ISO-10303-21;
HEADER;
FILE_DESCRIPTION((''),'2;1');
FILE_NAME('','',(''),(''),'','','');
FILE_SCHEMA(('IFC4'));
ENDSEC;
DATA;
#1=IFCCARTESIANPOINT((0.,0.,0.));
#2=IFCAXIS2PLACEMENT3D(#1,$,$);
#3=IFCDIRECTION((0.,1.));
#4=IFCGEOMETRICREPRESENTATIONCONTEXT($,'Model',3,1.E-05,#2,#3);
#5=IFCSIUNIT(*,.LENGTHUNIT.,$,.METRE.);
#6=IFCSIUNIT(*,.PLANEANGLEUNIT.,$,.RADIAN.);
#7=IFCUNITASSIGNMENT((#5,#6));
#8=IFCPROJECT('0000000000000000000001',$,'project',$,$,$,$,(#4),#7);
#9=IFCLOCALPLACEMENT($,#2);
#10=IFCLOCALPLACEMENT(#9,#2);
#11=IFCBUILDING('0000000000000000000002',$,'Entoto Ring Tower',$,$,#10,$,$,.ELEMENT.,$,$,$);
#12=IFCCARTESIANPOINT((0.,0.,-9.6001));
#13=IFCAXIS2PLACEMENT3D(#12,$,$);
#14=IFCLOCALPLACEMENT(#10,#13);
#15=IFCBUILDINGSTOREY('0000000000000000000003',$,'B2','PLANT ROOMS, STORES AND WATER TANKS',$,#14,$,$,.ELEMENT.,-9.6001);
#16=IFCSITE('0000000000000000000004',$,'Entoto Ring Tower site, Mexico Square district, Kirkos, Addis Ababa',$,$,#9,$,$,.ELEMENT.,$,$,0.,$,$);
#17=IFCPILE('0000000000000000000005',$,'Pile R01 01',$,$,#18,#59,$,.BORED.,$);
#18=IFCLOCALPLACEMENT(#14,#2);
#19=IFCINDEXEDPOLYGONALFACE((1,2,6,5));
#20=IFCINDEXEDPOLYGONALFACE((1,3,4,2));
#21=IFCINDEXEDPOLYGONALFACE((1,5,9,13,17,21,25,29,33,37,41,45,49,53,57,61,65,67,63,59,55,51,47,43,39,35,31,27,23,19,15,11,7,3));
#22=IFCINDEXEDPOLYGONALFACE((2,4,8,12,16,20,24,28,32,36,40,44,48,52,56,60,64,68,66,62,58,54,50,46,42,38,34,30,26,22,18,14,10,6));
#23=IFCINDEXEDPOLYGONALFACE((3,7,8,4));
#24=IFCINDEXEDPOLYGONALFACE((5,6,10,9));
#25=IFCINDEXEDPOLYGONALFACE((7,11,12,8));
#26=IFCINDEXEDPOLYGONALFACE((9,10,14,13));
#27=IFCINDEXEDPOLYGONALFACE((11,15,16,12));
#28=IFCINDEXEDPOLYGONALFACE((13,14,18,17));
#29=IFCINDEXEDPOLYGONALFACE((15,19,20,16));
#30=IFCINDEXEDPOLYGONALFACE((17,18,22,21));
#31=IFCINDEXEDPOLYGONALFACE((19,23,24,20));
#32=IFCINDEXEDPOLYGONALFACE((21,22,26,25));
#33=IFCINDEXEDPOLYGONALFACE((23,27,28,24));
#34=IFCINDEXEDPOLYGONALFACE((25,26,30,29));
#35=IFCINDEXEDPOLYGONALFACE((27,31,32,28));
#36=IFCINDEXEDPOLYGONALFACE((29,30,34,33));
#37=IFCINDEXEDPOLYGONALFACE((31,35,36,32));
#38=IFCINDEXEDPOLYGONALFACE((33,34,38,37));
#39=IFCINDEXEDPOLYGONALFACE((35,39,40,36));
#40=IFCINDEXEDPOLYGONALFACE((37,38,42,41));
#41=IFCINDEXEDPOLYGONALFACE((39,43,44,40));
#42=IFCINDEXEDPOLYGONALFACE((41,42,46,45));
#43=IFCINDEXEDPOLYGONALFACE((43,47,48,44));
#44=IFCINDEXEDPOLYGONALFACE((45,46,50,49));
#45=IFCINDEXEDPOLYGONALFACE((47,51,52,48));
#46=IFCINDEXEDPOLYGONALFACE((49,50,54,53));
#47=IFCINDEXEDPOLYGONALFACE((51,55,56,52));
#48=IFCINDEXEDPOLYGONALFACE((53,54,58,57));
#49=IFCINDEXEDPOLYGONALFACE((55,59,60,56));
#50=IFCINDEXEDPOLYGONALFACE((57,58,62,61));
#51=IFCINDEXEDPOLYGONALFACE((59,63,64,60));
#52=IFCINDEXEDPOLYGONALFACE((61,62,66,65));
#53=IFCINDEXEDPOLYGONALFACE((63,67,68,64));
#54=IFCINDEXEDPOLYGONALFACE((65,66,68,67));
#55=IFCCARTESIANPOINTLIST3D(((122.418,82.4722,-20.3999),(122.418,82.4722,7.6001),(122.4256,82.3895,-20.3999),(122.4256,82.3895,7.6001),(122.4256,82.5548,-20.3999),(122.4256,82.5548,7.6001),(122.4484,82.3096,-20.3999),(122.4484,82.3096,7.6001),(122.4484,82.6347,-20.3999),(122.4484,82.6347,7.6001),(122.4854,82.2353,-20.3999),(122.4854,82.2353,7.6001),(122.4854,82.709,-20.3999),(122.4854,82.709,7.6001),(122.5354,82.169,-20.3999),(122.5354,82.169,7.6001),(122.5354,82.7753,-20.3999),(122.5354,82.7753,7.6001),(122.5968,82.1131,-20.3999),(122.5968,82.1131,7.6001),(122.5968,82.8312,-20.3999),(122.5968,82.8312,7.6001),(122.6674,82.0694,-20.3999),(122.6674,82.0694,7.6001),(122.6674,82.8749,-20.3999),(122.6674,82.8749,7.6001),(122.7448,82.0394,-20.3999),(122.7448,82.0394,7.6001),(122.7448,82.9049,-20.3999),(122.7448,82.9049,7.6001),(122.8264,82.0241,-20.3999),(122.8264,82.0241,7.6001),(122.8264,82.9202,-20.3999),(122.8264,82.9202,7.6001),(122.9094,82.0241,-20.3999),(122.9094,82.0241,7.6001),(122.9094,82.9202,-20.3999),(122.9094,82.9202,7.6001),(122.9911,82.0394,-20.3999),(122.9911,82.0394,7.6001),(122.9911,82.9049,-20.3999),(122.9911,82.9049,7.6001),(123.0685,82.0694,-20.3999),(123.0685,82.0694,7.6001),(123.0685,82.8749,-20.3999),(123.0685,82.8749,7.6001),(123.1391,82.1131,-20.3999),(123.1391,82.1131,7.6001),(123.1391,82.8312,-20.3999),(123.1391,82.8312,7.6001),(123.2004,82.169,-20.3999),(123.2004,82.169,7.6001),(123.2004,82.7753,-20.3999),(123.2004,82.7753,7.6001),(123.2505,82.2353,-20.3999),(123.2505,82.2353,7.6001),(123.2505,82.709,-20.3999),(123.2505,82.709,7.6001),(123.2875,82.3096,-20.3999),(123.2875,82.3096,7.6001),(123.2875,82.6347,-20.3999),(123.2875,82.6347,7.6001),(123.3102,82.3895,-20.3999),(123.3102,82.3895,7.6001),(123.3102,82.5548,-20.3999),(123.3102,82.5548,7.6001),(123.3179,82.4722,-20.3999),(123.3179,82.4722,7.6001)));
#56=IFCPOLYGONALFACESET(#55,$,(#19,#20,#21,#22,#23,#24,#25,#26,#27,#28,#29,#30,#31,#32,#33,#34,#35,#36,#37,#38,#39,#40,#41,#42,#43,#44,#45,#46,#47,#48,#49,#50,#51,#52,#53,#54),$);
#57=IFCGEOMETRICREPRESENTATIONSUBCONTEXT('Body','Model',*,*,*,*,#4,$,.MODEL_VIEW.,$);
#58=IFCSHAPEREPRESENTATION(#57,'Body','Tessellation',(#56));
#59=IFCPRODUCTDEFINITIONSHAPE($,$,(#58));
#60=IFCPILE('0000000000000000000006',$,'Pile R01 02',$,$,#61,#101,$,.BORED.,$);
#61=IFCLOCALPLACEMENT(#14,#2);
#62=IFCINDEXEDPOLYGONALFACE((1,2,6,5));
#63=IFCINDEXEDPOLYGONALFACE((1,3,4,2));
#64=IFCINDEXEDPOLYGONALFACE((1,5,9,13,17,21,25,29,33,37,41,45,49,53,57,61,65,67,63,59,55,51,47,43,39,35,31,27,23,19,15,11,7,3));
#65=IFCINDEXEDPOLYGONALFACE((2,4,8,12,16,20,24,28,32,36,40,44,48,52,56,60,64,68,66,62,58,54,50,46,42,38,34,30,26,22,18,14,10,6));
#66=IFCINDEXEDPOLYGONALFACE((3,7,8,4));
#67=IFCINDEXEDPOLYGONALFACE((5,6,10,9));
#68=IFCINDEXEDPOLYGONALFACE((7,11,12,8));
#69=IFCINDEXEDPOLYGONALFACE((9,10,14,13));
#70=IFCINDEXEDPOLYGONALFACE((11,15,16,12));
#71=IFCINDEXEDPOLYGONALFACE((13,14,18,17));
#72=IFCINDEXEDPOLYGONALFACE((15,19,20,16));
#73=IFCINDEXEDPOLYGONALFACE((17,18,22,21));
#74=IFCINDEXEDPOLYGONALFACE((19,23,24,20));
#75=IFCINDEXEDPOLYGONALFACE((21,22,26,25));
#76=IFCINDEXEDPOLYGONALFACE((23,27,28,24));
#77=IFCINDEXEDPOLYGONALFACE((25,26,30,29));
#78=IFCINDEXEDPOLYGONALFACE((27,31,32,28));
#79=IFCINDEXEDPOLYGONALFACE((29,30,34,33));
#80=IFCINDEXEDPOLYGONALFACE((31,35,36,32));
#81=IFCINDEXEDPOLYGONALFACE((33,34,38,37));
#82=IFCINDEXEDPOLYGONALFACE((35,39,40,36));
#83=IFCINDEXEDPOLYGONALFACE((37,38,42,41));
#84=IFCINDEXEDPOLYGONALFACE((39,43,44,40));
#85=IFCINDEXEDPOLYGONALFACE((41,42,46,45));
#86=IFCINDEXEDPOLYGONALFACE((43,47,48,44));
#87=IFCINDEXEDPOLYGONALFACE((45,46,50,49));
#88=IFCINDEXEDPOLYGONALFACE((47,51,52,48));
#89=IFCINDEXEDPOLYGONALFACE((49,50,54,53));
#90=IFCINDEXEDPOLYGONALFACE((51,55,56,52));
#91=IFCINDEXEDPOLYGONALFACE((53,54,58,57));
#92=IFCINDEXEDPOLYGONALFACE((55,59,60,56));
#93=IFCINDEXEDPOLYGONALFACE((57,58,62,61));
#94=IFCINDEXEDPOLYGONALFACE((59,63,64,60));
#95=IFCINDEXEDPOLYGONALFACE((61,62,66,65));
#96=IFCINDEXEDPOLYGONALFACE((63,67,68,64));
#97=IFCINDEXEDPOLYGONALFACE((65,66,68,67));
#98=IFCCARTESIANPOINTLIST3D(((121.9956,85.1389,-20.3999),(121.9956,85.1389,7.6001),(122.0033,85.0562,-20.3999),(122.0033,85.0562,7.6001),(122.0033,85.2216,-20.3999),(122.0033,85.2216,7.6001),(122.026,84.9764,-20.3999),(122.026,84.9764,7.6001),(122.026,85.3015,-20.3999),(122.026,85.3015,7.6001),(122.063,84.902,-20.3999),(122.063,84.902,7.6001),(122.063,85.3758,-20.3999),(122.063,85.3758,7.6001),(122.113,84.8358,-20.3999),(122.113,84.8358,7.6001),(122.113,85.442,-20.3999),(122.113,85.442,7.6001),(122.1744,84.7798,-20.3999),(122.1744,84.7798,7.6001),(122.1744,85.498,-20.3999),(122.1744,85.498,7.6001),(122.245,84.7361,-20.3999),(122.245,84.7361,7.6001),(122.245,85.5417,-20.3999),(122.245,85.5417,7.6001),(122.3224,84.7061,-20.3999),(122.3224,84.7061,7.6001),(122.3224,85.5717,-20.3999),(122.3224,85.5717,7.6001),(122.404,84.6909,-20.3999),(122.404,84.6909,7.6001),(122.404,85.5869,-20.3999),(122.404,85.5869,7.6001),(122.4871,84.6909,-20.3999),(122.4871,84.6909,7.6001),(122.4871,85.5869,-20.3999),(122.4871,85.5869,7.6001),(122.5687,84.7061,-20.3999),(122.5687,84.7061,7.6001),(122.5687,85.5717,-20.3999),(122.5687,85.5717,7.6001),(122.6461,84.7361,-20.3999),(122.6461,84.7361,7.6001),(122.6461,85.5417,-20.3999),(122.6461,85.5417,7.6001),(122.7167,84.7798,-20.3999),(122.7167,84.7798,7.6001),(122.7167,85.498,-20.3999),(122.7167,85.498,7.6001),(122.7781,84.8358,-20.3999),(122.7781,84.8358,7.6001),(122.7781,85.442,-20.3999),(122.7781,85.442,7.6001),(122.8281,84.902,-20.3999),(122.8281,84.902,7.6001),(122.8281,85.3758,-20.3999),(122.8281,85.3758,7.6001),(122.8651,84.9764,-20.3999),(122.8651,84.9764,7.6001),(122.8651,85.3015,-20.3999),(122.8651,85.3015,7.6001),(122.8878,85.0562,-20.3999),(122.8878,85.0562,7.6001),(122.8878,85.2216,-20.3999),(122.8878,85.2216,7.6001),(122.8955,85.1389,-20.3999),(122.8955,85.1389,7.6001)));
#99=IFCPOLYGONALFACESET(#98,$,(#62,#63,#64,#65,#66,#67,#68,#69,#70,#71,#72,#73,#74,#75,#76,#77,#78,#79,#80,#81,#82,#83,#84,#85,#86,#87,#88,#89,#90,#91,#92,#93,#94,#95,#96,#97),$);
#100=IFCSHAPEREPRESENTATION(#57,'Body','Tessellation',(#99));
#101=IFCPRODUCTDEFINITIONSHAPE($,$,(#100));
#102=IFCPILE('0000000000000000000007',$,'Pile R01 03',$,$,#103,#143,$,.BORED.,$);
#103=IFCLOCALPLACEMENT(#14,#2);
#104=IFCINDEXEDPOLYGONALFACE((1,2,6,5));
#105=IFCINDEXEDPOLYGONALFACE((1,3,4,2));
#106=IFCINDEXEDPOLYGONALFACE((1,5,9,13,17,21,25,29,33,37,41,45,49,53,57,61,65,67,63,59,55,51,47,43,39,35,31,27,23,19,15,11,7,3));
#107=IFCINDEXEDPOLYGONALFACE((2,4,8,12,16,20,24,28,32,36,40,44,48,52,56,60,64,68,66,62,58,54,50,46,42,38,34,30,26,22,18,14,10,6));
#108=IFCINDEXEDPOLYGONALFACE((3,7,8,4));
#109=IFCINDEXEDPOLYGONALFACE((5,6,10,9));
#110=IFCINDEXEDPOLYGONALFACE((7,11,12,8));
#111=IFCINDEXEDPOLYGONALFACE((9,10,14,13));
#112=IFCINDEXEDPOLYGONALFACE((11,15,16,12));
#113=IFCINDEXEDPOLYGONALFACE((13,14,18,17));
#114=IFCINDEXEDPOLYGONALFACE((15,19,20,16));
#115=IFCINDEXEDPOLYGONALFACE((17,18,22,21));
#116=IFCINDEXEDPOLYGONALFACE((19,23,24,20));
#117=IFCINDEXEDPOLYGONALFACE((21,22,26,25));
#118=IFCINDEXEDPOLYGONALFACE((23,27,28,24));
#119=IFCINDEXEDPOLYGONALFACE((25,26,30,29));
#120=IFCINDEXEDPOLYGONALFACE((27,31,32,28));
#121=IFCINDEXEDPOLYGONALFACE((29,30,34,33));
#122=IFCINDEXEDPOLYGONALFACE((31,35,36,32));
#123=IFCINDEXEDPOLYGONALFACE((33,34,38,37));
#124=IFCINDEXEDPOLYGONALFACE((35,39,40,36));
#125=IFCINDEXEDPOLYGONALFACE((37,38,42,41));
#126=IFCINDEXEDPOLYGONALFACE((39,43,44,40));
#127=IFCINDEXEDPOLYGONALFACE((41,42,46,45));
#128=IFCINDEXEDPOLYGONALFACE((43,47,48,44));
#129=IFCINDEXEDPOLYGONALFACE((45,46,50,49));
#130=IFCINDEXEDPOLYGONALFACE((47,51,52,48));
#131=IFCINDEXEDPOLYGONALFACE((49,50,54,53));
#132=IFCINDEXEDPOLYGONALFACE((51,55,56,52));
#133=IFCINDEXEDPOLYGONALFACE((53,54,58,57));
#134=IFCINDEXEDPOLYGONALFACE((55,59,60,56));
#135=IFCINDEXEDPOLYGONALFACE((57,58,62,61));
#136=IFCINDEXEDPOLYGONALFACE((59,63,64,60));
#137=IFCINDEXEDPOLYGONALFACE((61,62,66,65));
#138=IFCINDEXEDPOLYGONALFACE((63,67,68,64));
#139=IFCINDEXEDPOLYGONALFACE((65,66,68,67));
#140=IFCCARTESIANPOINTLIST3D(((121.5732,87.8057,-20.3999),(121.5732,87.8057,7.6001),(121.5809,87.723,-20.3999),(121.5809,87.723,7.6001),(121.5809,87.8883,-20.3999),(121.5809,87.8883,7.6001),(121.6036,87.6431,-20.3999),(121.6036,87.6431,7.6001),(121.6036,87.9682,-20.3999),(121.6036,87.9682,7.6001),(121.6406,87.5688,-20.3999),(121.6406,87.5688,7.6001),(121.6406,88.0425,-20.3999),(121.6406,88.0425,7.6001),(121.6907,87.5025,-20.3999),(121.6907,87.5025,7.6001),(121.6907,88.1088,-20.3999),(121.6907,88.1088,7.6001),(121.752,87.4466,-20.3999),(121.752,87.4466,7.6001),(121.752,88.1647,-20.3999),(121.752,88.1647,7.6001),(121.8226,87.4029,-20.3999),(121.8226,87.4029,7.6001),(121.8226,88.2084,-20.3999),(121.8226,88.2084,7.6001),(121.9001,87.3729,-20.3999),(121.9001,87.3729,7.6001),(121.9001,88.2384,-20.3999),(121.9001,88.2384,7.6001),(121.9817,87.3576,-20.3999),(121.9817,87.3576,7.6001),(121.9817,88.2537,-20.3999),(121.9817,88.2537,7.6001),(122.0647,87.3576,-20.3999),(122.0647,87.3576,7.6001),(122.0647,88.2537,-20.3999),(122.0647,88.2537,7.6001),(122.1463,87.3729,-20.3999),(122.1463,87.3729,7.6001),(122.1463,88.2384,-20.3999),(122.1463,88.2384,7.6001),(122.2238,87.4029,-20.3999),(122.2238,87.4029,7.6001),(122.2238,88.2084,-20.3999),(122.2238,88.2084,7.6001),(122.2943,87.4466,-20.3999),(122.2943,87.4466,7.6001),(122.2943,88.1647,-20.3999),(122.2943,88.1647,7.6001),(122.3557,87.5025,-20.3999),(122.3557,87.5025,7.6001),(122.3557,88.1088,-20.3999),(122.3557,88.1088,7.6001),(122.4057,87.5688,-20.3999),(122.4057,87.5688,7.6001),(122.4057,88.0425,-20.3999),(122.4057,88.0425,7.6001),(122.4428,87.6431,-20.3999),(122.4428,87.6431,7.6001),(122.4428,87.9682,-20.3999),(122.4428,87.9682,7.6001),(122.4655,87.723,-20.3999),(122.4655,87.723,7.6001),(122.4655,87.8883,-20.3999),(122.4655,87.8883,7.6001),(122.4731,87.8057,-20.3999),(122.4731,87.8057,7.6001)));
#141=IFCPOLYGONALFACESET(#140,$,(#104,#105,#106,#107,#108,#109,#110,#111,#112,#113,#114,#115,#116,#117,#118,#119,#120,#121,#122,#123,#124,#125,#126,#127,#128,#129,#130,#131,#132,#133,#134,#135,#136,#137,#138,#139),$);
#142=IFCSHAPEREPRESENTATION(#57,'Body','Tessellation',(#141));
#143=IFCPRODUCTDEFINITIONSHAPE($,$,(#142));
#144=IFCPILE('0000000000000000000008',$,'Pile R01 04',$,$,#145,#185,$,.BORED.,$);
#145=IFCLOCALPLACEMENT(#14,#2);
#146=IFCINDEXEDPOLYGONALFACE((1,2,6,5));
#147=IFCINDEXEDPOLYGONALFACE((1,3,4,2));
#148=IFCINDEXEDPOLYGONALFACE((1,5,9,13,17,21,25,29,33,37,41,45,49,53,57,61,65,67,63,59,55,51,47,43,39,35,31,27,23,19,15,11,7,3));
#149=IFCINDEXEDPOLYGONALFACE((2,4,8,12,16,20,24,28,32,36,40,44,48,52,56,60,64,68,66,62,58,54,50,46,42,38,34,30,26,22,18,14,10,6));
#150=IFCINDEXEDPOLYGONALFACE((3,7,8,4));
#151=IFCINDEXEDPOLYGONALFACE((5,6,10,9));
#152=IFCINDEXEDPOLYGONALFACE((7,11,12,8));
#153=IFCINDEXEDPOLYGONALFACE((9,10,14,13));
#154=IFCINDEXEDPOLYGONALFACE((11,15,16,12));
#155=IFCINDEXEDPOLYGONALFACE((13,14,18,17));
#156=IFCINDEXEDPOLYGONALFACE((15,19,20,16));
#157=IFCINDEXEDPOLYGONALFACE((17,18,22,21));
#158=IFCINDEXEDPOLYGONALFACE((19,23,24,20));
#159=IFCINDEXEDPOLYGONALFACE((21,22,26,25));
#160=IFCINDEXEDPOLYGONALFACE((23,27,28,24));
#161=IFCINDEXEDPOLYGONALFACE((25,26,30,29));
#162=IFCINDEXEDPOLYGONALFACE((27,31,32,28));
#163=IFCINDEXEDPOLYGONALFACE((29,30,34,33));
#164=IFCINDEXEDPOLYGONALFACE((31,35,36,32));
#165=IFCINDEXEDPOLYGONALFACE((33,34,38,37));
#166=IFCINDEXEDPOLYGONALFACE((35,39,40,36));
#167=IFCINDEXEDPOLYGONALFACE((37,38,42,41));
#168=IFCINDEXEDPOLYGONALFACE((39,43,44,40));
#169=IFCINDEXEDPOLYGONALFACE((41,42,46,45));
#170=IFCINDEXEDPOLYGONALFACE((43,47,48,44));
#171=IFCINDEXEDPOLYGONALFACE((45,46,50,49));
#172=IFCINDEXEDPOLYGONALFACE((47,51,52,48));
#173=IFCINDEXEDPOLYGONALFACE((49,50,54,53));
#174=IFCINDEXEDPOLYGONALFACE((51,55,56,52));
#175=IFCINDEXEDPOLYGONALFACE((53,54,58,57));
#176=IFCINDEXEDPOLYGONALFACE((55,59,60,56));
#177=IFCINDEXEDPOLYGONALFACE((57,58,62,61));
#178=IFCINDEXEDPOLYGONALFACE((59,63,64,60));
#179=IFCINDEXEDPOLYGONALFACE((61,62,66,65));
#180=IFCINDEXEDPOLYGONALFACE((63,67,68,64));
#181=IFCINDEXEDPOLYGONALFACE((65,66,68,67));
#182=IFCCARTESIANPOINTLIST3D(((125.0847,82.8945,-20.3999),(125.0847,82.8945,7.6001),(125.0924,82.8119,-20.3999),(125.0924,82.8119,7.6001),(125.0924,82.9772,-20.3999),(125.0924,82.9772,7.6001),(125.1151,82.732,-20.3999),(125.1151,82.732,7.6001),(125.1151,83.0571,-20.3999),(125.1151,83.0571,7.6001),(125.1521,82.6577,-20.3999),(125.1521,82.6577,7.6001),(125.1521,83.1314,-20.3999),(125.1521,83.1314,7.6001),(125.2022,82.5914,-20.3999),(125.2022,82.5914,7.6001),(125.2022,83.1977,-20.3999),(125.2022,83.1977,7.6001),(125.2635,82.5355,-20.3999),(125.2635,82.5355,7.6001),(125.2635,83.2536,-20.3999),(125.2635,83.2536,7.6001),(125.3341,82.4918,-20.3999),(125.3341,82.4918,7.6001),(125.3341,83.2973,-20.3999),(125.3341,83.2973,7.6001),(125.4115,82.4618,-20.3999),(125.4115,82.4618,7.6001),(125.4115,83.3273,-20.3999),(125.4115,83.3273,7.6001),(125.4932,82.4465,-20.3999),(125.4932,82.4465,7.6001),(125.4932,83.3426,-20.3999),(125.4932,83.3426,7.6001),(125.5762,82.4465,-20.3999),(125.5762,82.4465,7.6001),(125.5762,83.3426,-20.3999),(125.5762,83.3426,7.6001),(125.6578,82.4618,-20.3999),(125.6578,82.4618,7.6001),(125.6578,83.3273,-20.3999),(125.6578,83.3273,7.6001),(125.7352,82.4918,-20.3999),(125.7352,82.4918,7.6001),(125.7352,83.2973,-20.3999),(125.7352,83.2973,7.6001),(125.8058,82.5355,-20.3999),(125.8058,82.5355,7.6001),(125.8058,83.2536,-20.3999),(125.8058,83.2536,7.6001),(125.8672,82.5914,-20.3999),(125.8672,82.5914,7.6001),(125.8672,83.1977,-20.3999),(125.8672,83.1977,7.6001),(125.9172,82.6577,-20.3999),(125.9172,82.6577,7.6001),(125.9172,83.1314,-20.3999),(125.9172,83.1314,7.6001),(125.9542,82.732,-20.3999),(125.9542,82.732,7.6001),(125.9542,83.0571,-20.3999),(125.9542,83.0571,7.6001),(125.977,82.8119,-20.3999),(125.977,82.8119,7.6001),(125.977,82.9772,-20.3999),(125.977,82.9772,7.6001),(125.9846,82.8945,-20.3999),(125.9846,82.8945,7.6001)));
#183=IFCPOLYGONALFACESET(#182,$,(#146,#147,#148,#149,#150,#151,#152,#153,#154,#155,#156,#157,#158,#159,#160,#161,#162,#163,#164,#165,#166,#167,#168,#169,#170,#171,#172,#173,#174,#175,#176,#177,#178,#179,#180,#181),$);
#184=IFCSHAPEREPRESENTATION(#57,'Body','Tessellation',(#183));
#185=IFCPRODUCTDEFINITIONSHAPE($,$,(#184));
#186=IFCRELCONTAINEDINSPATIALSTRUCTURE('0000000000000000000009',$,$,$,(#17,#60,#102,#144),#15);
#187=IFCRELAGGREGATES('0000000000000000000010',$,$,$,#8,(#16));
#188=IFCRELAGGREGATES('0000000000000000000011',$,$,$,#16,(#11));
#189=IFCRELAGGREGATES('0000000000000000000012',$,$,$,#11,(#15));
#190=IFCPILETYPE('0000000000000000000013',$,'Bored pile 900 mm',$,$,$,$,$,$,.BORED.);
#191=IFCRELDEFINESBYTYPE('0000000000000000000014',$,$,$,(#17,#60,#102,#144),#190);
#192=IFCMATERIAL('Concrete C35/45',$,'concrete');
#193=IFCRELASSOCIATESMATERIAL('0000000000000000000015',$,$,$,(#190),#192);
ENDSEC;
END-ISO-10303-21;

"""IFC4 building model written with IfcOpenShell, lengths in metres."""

from ifc_helpers import new_model, si_unit, direction, frame, origin, origin_2d, place, context, subcontext, project, spatial, circle, extrude, material, material_profile, profile_set, type_object, element, save


model = new_model("IFC4")

# Units and contexts
model_context = context("Model", 3, precision=1e-05, world=origin(), true_north=direction((0.0, 1.0)))
body_context = subcontext(model_context, "Body", "Model", "MODEL_VIEW")
ifc_project = project(units=[si_unit("LENGTHUNIT", "METRE"), si_unit("PLANEANGLEUNIT", "RADIAN")], contexts=[model_context])

# Site, building, storey
site_placement = place(None, origin())
site = spatial("IfcSite", under=ifc_project, at=site_placement, Name="Entoto Ring Tower site, Mexico Square district, Kirkos, Addis Ababa", CompositionType="ELEMENT", RefElevation=0.0)
building_placement = place(site_placement, origin())
building = spatial("IfcBuilding", under=site, at=building_placement, Name="Entoto Ring Tower", CompositionType="ELEMENT")
storey_placement = place(building_placement, frame((0.0, 0.0, -9.6001)))
storey = spatial("IfcBuildingStorey", under=building, at=storey_placement, Name="B2", Description="PLANT ROOMS, STORES AND WATER TANKS", CompositionType="ELEMENT", Elevation=-9.6001)

# Piles
ifc_material_1 = material(Name="Concrete C35/45", Category="concrete")
ifc_material_profile_1 = material_profile(ifc_material_1, circle(Radius=0.45, at=origin_2d()), Name="Bored pile 900 mm")
ifc_profile_set_1 = profile_set([ifc_material_profile_1], Name="Concrete C35/45")
pile_type_1 = type_object("IfcPileType", Name="Bored pile 900 mm", PredefinedType="BORED", material=ifc_profile_set_1)
for number, where, z_axis, x_axis, name in (
    (1, (122.8679, 82.4722, 7.6001), (0.0, 0.0, -1.0), (1.0, 0.0, 0.0), "Pile R01 01"),
    (2, (122.4456, 85.1389, 7.6001), (0.0, 0.0, -1.0), (1.0, 0.0, 0.0), "Pile R01 02"),
    (3, (122.0232, 87.8057, 7.6001), (0.0, 0.0, -1.0), (1.0, 0.0, 0.0), "Pile R01 03"),
    (4, (125.5347, 82.8945, 7.6001), (0.0, 0.0, -1.0), (1.0, 0.0, 0.0), "Pile R01 04"),
):
    element("IfcPile", number, at=place(storey_placement, frame(where, z_axis=z_axis, x_axis=x_axis)), inside=storey, type_object=pile_type_1, Name=name, PredefinedType="BORED", context=body_context, shape_type="SweptSolid", body=[
        extrude(circle(Radius=0.45, at=origin_2d()), origin(), (0.0, 0.0, 1.0), 28.0),
    ])

save(model, "model.ifc")
